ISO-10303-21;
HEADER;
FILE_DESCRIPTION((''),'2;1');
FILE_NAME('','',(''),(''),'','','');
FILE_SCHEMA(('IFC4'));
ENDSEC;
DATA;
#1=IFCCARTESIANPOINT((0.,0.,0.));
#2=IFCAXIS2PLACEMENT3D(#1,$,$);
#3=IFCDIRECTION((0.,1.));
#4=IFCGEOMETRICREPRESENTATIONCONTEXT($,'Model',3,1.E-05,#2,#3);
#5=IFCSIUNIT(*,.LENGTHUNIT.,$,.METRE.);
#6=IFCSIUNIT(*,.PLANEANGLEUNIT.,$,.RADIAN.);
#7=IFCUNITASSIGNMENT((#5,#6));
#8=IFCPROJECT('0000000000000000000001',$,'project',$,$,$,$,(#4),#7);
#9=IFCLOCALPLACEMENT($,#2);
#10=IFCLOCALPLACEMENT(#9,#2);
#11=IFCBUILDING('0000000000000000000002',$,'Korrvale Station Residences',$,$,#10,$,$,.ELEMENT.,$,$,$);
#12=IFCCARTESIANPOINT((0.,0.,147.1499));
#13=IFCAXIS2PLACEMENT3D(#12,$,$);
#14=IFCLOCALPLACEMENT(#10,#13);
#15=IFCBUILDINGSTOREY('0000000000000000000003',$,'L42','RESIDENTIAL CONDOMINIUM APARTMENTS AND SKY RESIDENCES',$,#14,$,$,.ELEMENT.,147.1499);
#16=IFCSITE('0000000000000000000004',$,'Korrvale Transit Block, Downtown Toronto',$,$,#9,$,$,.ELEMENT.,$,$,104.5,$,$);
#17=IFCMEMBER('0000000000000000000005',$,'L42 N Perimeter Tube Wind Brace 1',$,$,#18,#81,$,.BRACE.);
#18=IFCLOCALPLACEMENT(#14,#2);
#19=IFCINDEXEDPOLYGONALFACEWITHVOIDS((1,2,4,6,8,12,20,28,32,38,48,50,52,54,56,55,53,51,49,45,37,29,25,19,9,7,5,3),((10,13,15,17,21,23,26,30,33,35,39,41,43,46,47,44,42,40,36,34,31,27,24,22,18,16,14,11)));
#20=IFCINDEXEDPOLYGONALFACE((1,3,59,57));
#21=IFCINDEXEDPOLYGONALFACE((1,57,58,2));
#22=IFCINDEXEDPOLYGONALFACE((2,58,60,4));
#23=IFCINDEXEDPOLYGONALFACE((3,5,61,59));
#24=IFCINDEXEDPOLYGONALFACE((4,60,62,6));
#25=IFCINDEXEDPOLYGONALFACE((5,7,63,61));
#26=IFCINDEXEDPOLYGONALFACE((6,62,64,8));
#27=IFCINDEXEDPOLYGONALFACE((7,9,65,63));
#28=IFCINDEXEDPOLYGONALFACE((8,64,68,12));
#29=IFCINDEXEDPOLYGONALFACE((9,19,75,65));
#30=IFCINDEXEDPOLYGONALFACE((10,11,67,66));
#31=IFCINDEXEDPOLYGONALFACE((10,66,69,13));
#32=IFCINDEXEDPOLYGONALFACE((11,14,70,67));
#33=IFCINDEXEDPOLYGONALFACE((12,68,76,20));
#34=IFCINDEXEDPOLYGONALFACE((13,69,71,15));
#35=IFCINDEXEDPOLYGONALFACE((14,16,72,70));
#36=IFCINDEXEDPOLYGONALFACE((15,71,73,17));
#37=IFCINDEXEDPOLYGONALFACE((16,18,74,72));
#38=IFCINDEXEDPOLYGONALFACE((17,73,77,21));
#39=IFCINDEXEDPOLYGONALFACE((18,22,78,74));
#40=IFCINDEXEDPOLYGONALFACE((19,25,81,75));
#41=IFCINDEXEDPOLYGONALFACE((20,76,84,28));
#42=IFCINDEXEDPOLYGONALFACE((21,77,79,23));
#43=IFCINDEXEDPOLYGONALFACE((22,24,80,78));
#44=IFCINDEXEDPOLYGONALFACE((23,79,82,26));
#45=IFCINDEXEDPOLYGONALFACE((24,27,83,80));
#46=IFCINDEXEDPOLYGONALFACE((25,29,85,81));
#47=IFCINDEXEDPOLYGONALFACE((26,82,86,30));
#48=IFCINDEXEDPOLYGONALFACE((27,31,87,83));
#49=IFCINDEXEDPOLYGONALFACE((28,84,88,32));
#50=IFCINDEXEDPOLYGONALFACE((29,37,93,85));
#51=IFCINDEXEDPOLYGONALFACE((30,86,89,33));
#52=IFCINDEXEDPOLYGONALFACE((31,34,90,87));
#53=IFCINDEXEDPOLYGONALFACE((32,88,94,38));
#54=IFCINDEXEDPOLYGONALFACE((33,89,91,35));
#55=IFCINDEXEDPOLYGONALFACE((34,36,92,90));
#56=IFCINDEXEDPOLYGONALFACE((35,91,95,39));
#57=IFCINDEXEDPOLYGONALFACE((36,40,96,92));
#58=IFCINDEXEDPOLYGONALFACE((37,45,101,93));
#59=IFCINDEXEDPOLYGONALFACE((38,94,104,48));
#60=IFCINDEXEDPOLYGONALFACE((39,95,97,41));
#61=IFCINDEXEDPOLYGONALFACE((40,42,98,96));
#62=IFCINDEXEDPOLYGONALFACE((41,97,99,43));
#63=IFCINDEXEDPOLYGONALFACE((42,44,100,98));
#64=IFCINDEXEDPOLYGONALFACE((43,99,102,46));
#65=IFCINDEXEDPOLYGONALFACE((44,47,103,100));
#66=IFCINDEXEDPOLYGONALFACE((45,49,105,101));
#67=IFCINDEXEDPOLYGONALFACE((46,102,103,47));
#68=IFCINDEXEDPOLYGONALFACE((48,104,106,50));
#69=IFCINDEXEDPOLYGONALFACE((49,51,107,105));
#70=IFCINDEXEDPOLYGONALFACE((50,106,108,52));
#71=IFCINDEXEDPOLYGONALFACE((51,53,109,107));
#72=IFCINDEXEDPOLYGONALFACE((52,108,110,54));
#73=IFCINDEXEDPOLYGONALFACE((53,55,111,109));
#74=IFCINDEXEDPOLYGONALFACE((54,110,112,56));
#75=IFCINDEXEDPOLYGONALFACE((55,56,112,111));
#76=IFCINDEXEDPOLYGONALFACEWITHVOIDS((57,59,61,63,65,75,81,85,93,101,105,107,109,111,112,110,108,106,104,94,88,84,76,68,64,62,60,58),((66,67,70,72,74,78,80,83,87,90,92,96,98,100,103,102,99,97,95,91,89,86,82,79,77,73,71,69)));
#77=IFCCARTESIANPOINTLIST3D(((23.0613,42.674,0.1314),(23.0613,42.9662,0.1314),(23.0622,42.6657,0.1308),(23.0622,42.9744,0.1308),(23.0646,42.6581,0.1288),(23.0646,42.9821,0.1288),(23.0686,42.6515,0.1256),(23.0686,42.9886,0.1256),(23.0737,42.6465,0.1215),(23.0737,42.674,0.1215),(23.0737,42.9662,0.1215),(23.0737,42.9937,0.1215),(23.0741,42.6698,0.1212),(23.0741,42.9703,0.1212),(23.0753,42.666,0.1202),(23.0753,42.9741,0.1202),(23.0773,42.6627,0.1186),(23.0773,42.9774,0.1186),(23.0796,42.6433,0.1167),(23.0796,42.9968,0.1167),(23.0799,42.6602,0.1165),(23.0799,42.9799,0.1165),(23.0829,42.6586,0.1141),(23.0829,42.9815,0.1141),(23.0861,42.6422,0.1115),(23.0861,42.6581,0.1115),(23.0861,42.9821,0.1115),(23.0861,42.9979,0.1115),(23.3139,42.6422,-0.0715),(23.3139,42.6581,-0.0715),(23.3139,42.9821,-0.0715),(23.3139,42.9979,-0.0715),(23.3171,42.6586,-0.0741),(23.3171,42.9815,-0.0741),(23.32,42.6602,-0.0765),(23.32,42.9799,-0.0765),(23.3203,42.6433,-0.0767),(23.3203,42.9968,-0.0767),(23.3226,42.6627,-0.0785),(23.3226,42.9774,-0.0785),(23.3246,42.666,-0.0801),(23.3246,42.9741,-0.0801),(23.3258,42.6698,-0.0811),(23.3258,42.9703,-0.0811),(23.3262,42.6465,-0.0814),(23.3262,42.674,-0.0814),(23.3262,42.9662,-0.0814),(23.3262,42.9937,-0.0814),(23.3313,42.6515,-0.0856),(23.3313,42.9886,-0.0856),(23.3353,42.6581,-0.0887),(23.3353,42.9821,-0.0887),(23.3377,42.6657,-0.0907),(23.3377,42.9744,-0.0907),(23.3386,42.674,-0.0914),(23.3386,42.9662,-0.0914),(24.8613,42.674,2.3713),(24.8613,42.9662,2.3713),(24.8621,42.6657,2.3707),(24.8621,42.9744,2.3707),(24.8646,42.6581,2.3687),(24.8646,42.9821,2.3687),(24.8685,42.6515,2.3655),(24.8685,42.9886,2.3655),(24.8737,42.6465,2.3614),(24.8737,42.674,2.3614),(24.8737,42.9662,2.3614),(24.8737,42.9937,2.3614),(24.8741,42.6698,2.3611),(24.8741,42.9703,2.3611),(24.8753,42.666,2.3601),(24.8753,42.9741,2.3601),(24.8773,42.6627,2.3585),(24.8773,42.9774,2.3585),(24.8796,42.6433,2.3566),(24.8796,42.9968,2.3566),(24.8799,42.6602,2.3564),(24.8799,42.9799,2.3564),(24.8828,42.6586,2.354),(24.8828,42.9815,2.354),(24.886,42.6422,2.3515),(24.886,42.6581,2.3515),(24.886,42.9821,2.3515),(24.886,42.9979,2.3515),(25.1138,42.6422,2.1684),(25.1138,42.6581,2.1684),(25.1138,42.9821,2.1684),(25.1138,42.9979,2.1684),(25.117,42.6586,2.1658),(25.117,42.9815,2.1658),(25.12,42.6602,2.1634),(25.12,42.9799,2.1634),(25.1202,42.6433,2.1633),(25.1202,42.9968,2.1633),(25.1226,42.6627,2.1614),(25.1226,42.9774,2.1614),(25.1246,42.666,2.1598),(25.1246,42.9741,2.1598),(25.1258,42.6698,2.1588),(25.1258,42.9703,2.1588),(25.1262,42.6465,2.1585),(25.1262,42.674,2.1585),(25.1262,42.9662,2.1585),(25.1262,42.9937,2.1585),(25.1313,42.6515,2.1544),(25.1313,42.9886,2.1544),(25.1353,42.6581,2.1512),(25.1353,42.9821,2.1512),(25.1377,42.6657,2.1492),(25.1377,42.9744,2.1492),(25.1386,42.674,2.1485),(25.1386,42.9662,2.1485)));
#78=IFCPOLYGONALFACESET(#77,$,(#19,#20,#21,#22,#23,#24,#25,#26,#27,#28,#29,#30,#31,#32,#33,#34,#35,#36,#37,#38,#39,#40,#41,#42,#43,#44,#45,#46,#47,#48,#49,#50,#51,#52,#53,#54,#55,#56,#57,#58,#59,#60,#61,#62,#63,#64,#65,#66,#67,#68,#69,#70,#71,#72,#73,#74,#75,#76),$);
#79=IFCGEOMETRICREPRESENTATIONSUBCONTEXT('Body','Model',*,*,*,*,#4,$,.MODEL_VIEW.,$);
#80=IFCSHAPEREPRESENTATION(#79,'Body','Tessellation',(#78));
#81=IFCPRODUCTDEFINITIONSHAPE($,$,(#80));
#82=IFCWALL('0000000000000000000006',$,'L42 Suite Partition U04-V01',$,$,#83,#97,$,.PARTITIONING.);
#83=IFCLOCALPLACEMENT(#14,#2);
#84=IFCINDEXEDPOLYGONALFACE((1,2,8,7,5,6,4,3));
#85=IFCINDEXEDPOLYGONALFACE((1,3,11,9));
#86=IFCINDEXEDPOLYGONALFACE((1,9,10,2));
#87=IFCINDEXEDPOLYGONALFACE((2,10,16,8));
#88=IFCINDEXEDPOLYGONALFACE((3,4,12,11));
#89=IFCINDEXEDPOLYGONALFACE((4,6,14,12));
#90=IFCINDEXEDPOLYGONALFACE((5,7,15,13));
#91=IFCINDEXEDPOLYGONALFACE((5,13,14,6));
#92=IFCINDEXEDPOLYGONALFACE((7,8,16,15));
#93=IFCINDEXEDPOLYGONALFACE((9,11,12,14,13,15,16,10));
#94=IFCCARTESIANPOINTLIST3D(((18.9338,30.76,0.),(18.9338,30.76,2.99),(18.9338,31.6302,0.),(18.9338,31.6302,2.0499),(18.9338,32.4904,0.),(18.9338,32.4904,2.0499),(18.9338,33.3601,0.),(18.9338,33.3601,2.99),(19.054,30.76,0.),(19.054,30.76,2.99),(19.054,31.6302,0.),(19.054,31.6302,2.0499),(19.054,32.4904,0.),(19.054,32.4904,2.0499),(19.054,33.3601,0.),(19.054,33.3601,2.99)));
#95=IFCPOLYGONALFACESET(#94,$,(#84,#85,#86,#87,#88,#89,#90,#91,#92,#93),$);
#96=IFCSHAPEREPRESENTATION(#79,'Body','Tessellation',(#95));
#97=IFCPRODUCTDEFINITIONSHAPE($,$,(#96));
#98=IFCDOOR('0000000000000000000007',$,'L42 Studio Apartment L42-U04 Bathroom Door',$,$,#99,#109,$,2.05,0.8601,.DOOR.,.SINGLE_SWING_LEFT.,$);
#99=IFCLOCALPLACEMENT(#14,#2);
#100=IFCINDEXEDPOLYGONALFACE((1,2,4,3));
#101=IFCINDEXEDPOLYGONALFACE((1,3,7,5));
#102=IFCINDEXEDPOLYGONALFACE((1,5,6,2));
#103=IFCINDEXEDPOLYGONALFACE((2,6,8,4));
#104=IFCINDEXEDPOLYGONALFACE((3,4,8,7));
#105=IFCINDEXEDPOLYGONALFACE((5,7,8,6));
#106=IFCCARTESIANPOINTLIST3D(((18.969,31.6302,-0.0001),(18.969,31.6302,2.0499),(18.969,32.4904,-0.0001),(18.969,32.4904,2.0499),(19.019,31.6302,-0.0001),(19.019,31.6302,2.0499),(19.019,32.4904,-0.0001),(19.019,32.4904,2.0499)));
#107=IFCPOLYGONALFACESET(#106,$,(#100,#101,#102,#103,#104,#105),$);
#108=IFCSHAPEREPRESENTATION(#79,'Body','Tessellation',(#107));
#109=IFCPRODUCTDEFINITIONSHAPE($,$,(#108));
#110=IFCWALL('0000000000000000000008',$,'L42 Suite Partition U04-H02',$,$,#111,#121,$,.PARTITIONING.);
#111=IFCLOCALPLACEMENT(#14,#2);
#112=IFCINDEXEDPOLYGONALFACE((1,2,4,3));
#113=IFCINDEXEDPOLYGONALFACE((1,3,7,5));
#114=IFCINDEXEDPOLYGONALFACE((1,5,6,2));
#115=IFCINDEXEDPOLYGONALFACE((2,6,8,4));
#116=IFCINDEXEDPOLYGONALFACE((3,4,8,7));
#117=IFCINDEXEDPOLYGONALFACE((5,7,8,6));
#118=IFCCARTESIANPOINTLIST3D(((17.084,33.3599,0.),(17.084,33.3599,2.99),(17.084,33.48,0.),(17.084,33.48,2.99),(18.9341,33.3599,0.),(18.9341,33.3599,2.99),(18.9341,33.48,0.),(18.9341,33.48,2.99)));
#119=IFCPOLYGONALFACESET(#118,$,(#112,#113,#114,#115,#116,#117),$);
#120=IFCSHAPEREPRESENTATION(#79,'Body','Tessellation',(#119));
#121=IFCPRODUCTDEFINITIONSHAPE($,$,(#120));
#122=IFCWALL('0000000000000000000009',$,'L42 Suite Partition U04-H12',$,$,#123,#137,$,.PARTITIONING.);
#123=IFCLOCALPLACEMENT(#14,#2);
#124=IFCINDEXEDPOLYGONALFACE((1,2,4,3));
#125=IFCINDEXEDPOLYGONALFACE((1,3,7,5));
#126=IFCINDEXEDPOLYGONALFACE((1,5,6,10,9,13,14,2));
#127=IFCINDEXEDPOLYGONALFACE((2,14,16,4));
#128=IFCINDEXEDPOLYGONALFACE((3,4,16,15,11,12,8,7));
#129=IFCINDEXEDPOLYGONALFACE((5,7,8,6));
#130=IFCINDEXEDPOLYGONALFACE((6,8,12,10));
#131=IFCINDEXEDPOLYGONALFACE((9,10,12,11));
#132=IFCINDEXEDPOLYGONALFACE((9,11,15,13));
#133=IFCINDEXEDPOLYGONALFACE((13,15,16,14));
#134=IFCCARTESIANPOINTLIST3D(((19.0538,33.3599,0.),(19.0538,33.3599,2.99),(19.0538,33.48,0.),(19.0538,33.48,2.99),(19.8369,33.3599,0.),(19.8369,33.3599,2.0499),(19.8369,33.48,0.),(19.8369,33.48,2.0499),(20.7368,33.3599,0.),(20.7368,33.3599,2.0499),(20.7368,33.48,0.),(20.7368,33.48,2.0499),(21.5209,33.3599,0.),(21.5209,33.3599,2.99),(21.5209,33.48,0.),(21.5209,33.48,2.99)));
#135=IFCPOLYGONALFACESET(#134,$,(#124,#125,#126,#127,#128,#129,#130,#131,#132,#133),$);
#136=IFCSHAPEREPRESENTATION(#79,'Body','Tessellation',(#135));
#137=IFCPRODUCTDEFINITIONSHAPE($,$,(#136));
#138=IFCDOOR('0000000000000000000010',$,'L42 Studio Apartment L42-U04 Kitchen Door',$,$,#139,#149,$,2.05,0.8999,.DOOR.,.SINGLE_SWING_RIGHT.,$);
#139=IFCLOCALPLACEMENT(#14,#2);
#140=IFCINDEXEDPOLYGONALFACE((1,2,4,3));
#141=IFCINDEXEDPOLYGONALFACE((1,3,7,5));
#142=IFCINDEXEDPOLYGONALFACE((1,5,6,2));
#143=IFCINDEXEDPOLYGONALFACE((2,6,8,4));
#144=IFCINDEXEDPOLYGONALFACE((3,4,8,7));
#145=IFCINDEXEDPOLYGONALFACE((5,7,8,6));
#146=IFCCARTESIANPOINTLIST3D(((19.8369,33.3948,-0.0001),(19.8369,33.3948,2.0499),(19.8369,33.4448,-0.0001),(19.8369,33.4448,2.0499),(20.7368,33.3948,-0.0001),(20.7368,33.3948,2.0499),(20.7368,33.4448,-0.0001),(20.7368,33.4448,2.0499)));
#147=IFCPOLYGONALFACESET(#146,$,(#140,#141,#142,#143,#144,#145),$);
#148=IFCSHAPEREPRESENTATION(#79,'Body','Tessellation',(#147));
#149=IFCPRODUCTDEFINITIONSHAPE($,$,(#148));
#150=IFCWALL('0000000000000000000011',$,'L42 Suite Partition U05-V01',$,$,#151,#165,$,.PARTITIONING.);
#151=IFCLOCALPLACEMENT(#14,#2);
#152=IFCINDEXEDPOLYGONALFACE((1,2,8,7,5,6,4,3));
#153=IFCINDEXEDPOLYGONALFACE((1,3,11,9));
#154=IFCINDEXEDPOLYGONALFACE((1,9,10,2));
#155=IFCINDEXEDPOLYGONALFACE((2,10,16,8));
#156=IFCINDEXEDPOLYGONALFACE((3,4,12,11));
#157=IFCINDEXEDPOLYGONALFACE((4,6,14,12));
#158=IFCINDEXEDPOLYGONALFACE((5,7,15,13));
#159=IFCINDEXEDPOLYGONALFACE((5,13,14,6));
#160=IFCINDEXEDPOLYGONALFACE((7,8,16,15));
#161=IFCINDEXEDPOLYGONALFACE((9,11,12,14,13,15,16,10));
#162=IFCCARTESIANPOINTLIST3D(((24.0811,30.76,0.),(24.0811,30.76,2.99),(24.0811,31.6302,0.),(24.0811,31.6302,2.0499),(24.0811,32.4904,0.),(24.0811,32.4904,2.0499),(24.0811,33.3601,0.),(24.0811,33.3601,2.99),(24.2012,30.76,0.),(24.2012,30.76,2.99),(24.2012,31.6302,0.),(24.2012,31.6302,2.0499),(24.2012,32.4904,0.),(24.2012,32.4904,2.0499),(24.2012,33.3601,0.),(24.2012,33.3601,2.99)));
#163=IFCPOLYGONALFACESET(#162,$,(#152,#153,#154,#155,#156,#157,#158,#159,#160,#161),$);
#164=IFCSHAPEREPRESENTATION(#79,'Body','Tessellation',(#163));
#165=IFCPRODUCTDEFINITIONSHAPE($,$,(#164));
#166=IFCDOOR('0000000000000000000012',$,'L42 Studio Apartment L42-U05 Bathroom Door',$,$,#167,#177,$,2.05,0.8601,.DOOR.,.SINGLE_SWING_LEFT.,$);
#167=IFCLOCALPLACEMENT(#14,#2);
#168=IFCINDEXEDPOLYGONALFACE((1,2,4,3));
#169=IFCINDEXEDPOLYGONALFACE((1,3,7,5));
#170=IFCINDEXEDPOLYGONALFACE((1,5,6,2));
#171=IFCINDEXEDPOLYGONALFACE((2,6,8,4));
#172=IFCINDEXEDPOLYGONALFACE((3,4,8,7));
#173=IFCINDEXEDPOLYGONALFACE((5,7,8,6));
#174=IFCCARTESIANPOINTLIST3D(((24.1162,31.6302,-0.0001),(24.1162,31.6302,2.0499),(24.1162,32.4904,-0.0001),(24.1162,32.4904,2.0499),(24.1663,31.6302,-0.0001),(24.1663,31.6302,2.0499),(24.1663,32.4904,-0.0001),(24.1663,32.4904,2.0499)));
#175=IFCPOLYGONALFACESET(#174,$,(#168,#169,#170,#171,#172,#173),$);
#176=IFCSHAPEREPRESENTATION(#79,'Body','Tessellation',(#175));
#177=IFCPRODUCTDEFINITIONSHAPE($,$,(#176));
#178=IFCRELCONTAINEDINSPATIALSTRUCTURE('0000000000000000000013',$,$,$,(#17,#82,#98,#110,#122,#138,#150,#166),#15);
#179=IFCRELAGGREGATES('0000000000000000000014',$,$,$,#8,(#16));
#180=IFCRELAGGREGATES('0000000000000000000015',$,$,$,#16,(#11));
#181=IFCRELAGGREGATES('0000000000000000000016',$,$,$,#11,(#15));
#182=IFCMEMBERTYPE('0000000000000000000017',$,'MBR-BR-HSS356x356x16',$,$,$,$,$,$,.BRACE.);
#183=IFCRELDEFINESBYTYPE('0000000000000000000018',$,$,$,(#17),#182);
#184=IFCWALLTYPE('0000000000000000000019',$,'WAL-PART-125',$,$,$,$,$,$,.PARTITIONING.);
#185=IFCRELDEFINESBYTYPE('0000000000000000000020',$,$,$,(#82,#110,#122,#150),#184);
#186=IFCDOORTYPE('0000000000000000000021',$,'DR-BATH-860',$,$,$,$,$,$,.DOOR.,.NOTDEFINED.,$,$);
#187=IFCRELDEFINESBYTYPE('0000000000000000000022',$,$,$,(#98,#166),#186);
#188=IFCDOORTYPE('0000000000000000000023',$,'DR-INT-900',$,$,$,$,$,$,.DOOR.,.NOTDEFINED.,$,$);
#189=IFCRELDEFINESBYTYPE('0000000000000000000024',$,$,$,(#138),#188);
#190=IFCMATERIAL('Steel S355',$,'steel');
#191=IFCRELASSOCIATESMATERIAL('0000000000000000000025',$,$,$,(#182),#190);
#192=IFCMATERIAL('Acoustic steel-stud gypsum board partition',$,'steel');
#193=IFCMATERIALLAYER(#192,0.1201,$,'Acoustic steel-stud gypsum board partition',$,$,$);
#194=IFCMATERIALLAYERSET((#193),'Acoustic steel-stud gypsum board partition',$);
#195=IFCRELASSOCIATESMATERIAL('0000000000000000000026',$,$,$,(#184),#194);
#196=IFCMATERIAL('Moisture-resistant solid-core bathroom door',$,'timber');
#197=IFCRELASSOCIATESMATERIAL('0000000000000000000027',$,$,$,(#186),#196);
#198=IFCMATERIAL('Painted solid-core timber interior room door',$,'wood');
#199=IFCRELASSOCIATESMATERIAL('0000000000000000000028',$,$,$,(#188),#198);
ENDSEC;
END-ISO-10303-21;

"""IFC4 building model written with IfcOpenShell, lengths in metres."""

from ifc_helpers import new_model, si_unit, direction, frame, frame_2d, origin, origin_2d, place, context, subcontext, project, spatial, rectangle, hollow_rectangle, extrude, material, layer, layer_set, material_profile, profile_set, type_object, element, fill, save


model = new_model("IFC4")

# Units and contexts
model_context = context("Model", 3, precision=1e-05, world=origin(), true_north=direction((0.0, 1.0)))
body_context = subcontext(model_context, "Body", "Model", "MODEL_VIEW")
ifc_project = project(units=[si_unit("LENGTHUNIT", "METRE"), si_unit("PLANEANGLEUNIT", "RADIAN")], contexts=[model_context])

# Site, building, storey
site_placement = place(None, origin())
site = spatial("IfcSite", under=ifc_project, at=site_placement, Name="Korrvale Transit Block, Downtown Toronto", CompositionType="ELEMENT", RefElevation=104.5)
building_placement = place(site_placement, origin())
building = spatial("IfcBuilding", under=site, at=building_placement, Name="Korrvale Station Residences", CompositionType="ELEMENT")
storey_placement = place(building_placement, frame((0.0, 0.0, 147.1499)))
storey = spatial("IfcBuildingStorey", under=building, at=storey_placement, Name="L42", Description="RESIDENTIAL CONDOMINIUM APARTMENTS AND SKY RESIDENCES", CompositionType="ELEMENT", Elevation=147.1499)

# Shared definitions
ifc_material_1 = material(Name="Steel S355", Category="steel")

# Member
ifc_material_profile_1 = material_profile(ifc_material_1, hollow_rectangle(XDim=0.3557, YDim=0.3557, WallThickness=0.0159, InnerFilletRadius=0.0159, OuterFilletRadius=0.0317, at=origin_2d()), Name="HSS356x356x16")
ifc_profile_set_1 = profile_set([ifc_material_profile_1], Name="Steel S355")
member_type = type_object("IfcMemberType", Name="MBR-BR-HSS356x356x16", PredefinedType="BRACE", material=ifc_profile_set_1)
member_placement = place(storey_placement, frame((23.2, 42.8201, 0.02), z_axis=(0.626403, 0.0, 0.779499), x_axis=(0.0, 1.0, 0.0)))
element("IfcMember", 1, at=member_placement, inside=storey, type_object=member_type, Name="L42 N Perimeter Tube Wind Brace 1", PredefinedType="BRACE", context=body_context, shape_type="SweptSolid", body=[
    extrude(hollow_rectangle(XDim=0.3557, YDim=0.3557, WallThickness=0.0159, InnerFilletRadius=0.0159, OuterFilletRadius=0.0317, at=origin_2d()), origin(), (0.0, 0.0, 1.0), 2.8735),
])

# Wall, opening, door
ifc_material_2 = material(Name="Acoustic steel-stud gypsum board partition", Category="steel")
ifc_layer_1 = layer(ifc_material_2, 0.1201, Name="Acoustic steel-stud gypsum board partition")
ifc_layer_set_1 = layer_set([ifc_layer_1], Name="Acoustic steel-stud gypsum board partition")
wall_type_1 = type_object("IfcWallType", Name="WAL-PART-125", PredefinedType="PARTITIONING", material=ifc_layer_set_1)
wall_1_placement = place(storey_placement, frame((18.9939, 30.76, 0.0), z_axis=(0.0, 0.0, 1.0), x_axis=(0.0, 1.0, 0.0)))
wall_1 = element("IfcWall", 2, at=wall_1_placement, inside=storey, type_object=wall_type_1, Name="L42 Suite Partition U04-V01", PredefinedType="PARTITIONING", context=body_context, shape_type="SweptSolid", body=[
    extrude(rectangle(XDim=2.6001, YDim=0.1201, at=frame_2d((1.3, 0.0))), origin(), (0.0, 0.0, 1.0), 2.99),
])
opening_1_placement = place(wall_1_placement, frame((0.8701, 0.0, 0.0)))
opening_1 = element("IfcOpeningElement", 3, at=opening_1_placement, cuts=wall_1, PredefinedType="OPENING", context=body_context, shape_type="SweptSolid", body=[
    extrude(rectangle(XDim=0.8601, YDim=2.05, at=frame_2d((0.4302, 1.0249))), frame((0.0, 0.0701, 0.0), z_axis=(0.0, -1.0, 0.0), x_axis=(1.0, 0.0, 0.0)), (0.0, 0.0, 1.0), 0.1401),
])
ifc_material_3 = material(Name="Moisture-resistant solid-core bathroom door", Category="timber")
door_type_1 = type_object("IfcDoorType", Name="DR-BATH-860", OperationType="NOTDEFINED", PredefinedType="DOOR", material=ifc_material_3)
door_1_placement = place(opening_1_placement, origin())
door_1 = element("IfcDoor", 4, at=door_1_placement, inside=storey, type_object=door_type_1, Name="L42 Studio Apartment L42-U04 Bathroom Door", OperationType="SINGLE_SWING_LEFT", OverallHeight=2.05, OverallWidth=0.8601, PredefinedType="DOOR", context=body_context, shape_type="SweptSolid", body=[
    extrude(rectangle(XDim=0.8601, YDim=2.05, at=frame_2d((0.4302, 1.0249))), frame((0.0, 0.0249, 0.0), z_axis=(0.0, -1.0, 0.0), x_axis=(1.0, 0.0, 0.0)), (0.0, 0.0, 1.0), 0.05),
])
fill(opening_1, door_1)

# Wall
wall_2_placement = place(storey_placement, frame((17.084, 33.4199, 0.0), z_axis=(0.0, 0.0, 1.0), x_axis=(1.0, 0.0, 0.0)))
element("IfcWall", 5, at=wall_2_placement, inside=storey, type_object=wall_type_1, Name="L42 Suite Partition U04-H02", PredefinedType="PARTITIONING", context=body_context, shape_type="SweptSolid", body=[
    extrude(rectangle(XDim=1.8501, YDim=0.1201, at=frame_2d((0.925, 0.0))), origin(), (0.0, 0.0, 1.0), 2.99),
])

# Walls, openings, doors
wall_3_placement = place(storey_placement, frame((19.054, 33.4199, 0.0), z_axis=(0.0, 0.0, 1.0), x_axis=(1.0, 0.0, 0.0)))
wall_3 = element("IfcWall", 6, at=wall_3_placement, inside=storey, type_object=wall_type_1, Name="L42 Suite Partition U04-H12", PredefinedType="PARTITIONING", context=body_context, shape_type="SweptSolid", body=[
    extrude(rectangle(XDim=2.467, YDim=0.1201, at=frame_2d((1.2334, 0.0))), origin(), (0.0, 0.0, 1.0), 2.99),
])
opening_2_placement = place(wall_3_placement, frame((0.783, 0.0, 0.0)))
opening_2 = element("IfcOpeningElement", 7, at=opening_2_placement, cuts=wall_3, PredefinedType="OPENING", context=body_context, shape_type="SweptSolid", body=[
    extrude(rectangle(XDim=0.8999, YDim=2.05, at=frame_2d((0.45, 1.0249))), frame((0.0, 0.0701, 0.0), z_axis=(0.0, -1.0, 0.0), x_axis=(1.0, 0.0, 0.0)), (0.0, 0.0, 1.0), 0.1401),
])
ifc_material_4 = material(Name="Painted solid-core timber interior room door", Category="wood")
door_type_2 = type_object("IfcDoorType", Name="DR-INT-900", OperationType="NOTDEFINED", PredefinedType="DOOR", material=ifc_material_4)
door_2_placement = place(opening_2_placement, origin())
door_2 = element("IfcDoor", 8, at=door_2_placement, inside=storey, type_object=door_type_2, Name="L42 Studio Apartment L42-U04 Kitchen Door", OperationType="SINGLE_SWING_RIGHT", OverallHeight=2.05, OverallWidth=0.8999, PredefinedType="DOOR", context=body_context, shape_type="SweptSolid", body=[
    extrude(rectangle(XDim=0.8999, YDim=2.05, at=frame_2d((0.45, 1.0249))), frame((0.0, 0.0249, 0.0), z_axis=(0.0, -1.0, 0.0), x_axis=(1.0, 0.0, 0.0)), (0.0, 0.0, 1.0), 0.05),
])
fill(opening_2, door_2)
wall_4_placement = place(storey_placement, frame((24.1411, 30.76, 0.0), z_axis=(0.0, 0.0, 1.0), x_axis=(0.0, 1.0, 0.0)))
wall_4 = element("IfcWall", 9, at=wall_4_placement, inside=storey, type_object=wall_type_1, Name="L42 Suite Partition U05-V01", PredefinedType="PARTITIONING", context=body_context, shape_type="SweptSolid", body=[
    extrude(rectangle(XDim=2.6001, YDim=0.1201, at=frame_2d((1.3, 0.0))), origin(), (0.0, 0.0, 1.0), 2.99),
])
opening_3_placement = place(wall_4_placement, frame((0.8701, 0.0, 0.0)))
opening_3 = element("IfcOpeningElement", 10, at=opening_3_placement, cuts=wall_4, PredefinedType="OPENING", context=body_context, shape_type="SweptSolid", body=[
    extrude(rectangle(XDim=0.8601, YDim=2.05, at=frame_2d((0.4302, 1.0249))), frame((0.0, 0.0701, 0.0), z_axis=(0.0, -1.0, 0.0), x_axis=(1.0, 0.0, 0.0)), (0.0, 0.0, 1.0), 0.1401),
])
door_3_placement = place(opening_3_placement, origin())
door_3 = element("IfcDoor", 11, at=door_3_placement, inside=storey, type_object=door_type_1, Name="L42 Studio Apartment L42-U05 Bathroom Door", OperationType="SINGLE_SWING_LEFT", OverallHeight=2.05, OverallWidth=0.8601, PredefinedType="DOOR", context=body_context, shape_type="SweptSolid", body=[
    extrude(rectangle(XDim=0.8601, YDim=2.05, at=frame_2d((0.4302, 1.0249))), frame((0.0, 0.0249, 0.0), z_axis=(0.0, -1.0, 0.0), x_axis=(1.0, 0.0, 0.0)), (0.0, 0.0, 1.0), 0.05),
])
fill(opening_3, door_3)

save(model, "model.ifc")
